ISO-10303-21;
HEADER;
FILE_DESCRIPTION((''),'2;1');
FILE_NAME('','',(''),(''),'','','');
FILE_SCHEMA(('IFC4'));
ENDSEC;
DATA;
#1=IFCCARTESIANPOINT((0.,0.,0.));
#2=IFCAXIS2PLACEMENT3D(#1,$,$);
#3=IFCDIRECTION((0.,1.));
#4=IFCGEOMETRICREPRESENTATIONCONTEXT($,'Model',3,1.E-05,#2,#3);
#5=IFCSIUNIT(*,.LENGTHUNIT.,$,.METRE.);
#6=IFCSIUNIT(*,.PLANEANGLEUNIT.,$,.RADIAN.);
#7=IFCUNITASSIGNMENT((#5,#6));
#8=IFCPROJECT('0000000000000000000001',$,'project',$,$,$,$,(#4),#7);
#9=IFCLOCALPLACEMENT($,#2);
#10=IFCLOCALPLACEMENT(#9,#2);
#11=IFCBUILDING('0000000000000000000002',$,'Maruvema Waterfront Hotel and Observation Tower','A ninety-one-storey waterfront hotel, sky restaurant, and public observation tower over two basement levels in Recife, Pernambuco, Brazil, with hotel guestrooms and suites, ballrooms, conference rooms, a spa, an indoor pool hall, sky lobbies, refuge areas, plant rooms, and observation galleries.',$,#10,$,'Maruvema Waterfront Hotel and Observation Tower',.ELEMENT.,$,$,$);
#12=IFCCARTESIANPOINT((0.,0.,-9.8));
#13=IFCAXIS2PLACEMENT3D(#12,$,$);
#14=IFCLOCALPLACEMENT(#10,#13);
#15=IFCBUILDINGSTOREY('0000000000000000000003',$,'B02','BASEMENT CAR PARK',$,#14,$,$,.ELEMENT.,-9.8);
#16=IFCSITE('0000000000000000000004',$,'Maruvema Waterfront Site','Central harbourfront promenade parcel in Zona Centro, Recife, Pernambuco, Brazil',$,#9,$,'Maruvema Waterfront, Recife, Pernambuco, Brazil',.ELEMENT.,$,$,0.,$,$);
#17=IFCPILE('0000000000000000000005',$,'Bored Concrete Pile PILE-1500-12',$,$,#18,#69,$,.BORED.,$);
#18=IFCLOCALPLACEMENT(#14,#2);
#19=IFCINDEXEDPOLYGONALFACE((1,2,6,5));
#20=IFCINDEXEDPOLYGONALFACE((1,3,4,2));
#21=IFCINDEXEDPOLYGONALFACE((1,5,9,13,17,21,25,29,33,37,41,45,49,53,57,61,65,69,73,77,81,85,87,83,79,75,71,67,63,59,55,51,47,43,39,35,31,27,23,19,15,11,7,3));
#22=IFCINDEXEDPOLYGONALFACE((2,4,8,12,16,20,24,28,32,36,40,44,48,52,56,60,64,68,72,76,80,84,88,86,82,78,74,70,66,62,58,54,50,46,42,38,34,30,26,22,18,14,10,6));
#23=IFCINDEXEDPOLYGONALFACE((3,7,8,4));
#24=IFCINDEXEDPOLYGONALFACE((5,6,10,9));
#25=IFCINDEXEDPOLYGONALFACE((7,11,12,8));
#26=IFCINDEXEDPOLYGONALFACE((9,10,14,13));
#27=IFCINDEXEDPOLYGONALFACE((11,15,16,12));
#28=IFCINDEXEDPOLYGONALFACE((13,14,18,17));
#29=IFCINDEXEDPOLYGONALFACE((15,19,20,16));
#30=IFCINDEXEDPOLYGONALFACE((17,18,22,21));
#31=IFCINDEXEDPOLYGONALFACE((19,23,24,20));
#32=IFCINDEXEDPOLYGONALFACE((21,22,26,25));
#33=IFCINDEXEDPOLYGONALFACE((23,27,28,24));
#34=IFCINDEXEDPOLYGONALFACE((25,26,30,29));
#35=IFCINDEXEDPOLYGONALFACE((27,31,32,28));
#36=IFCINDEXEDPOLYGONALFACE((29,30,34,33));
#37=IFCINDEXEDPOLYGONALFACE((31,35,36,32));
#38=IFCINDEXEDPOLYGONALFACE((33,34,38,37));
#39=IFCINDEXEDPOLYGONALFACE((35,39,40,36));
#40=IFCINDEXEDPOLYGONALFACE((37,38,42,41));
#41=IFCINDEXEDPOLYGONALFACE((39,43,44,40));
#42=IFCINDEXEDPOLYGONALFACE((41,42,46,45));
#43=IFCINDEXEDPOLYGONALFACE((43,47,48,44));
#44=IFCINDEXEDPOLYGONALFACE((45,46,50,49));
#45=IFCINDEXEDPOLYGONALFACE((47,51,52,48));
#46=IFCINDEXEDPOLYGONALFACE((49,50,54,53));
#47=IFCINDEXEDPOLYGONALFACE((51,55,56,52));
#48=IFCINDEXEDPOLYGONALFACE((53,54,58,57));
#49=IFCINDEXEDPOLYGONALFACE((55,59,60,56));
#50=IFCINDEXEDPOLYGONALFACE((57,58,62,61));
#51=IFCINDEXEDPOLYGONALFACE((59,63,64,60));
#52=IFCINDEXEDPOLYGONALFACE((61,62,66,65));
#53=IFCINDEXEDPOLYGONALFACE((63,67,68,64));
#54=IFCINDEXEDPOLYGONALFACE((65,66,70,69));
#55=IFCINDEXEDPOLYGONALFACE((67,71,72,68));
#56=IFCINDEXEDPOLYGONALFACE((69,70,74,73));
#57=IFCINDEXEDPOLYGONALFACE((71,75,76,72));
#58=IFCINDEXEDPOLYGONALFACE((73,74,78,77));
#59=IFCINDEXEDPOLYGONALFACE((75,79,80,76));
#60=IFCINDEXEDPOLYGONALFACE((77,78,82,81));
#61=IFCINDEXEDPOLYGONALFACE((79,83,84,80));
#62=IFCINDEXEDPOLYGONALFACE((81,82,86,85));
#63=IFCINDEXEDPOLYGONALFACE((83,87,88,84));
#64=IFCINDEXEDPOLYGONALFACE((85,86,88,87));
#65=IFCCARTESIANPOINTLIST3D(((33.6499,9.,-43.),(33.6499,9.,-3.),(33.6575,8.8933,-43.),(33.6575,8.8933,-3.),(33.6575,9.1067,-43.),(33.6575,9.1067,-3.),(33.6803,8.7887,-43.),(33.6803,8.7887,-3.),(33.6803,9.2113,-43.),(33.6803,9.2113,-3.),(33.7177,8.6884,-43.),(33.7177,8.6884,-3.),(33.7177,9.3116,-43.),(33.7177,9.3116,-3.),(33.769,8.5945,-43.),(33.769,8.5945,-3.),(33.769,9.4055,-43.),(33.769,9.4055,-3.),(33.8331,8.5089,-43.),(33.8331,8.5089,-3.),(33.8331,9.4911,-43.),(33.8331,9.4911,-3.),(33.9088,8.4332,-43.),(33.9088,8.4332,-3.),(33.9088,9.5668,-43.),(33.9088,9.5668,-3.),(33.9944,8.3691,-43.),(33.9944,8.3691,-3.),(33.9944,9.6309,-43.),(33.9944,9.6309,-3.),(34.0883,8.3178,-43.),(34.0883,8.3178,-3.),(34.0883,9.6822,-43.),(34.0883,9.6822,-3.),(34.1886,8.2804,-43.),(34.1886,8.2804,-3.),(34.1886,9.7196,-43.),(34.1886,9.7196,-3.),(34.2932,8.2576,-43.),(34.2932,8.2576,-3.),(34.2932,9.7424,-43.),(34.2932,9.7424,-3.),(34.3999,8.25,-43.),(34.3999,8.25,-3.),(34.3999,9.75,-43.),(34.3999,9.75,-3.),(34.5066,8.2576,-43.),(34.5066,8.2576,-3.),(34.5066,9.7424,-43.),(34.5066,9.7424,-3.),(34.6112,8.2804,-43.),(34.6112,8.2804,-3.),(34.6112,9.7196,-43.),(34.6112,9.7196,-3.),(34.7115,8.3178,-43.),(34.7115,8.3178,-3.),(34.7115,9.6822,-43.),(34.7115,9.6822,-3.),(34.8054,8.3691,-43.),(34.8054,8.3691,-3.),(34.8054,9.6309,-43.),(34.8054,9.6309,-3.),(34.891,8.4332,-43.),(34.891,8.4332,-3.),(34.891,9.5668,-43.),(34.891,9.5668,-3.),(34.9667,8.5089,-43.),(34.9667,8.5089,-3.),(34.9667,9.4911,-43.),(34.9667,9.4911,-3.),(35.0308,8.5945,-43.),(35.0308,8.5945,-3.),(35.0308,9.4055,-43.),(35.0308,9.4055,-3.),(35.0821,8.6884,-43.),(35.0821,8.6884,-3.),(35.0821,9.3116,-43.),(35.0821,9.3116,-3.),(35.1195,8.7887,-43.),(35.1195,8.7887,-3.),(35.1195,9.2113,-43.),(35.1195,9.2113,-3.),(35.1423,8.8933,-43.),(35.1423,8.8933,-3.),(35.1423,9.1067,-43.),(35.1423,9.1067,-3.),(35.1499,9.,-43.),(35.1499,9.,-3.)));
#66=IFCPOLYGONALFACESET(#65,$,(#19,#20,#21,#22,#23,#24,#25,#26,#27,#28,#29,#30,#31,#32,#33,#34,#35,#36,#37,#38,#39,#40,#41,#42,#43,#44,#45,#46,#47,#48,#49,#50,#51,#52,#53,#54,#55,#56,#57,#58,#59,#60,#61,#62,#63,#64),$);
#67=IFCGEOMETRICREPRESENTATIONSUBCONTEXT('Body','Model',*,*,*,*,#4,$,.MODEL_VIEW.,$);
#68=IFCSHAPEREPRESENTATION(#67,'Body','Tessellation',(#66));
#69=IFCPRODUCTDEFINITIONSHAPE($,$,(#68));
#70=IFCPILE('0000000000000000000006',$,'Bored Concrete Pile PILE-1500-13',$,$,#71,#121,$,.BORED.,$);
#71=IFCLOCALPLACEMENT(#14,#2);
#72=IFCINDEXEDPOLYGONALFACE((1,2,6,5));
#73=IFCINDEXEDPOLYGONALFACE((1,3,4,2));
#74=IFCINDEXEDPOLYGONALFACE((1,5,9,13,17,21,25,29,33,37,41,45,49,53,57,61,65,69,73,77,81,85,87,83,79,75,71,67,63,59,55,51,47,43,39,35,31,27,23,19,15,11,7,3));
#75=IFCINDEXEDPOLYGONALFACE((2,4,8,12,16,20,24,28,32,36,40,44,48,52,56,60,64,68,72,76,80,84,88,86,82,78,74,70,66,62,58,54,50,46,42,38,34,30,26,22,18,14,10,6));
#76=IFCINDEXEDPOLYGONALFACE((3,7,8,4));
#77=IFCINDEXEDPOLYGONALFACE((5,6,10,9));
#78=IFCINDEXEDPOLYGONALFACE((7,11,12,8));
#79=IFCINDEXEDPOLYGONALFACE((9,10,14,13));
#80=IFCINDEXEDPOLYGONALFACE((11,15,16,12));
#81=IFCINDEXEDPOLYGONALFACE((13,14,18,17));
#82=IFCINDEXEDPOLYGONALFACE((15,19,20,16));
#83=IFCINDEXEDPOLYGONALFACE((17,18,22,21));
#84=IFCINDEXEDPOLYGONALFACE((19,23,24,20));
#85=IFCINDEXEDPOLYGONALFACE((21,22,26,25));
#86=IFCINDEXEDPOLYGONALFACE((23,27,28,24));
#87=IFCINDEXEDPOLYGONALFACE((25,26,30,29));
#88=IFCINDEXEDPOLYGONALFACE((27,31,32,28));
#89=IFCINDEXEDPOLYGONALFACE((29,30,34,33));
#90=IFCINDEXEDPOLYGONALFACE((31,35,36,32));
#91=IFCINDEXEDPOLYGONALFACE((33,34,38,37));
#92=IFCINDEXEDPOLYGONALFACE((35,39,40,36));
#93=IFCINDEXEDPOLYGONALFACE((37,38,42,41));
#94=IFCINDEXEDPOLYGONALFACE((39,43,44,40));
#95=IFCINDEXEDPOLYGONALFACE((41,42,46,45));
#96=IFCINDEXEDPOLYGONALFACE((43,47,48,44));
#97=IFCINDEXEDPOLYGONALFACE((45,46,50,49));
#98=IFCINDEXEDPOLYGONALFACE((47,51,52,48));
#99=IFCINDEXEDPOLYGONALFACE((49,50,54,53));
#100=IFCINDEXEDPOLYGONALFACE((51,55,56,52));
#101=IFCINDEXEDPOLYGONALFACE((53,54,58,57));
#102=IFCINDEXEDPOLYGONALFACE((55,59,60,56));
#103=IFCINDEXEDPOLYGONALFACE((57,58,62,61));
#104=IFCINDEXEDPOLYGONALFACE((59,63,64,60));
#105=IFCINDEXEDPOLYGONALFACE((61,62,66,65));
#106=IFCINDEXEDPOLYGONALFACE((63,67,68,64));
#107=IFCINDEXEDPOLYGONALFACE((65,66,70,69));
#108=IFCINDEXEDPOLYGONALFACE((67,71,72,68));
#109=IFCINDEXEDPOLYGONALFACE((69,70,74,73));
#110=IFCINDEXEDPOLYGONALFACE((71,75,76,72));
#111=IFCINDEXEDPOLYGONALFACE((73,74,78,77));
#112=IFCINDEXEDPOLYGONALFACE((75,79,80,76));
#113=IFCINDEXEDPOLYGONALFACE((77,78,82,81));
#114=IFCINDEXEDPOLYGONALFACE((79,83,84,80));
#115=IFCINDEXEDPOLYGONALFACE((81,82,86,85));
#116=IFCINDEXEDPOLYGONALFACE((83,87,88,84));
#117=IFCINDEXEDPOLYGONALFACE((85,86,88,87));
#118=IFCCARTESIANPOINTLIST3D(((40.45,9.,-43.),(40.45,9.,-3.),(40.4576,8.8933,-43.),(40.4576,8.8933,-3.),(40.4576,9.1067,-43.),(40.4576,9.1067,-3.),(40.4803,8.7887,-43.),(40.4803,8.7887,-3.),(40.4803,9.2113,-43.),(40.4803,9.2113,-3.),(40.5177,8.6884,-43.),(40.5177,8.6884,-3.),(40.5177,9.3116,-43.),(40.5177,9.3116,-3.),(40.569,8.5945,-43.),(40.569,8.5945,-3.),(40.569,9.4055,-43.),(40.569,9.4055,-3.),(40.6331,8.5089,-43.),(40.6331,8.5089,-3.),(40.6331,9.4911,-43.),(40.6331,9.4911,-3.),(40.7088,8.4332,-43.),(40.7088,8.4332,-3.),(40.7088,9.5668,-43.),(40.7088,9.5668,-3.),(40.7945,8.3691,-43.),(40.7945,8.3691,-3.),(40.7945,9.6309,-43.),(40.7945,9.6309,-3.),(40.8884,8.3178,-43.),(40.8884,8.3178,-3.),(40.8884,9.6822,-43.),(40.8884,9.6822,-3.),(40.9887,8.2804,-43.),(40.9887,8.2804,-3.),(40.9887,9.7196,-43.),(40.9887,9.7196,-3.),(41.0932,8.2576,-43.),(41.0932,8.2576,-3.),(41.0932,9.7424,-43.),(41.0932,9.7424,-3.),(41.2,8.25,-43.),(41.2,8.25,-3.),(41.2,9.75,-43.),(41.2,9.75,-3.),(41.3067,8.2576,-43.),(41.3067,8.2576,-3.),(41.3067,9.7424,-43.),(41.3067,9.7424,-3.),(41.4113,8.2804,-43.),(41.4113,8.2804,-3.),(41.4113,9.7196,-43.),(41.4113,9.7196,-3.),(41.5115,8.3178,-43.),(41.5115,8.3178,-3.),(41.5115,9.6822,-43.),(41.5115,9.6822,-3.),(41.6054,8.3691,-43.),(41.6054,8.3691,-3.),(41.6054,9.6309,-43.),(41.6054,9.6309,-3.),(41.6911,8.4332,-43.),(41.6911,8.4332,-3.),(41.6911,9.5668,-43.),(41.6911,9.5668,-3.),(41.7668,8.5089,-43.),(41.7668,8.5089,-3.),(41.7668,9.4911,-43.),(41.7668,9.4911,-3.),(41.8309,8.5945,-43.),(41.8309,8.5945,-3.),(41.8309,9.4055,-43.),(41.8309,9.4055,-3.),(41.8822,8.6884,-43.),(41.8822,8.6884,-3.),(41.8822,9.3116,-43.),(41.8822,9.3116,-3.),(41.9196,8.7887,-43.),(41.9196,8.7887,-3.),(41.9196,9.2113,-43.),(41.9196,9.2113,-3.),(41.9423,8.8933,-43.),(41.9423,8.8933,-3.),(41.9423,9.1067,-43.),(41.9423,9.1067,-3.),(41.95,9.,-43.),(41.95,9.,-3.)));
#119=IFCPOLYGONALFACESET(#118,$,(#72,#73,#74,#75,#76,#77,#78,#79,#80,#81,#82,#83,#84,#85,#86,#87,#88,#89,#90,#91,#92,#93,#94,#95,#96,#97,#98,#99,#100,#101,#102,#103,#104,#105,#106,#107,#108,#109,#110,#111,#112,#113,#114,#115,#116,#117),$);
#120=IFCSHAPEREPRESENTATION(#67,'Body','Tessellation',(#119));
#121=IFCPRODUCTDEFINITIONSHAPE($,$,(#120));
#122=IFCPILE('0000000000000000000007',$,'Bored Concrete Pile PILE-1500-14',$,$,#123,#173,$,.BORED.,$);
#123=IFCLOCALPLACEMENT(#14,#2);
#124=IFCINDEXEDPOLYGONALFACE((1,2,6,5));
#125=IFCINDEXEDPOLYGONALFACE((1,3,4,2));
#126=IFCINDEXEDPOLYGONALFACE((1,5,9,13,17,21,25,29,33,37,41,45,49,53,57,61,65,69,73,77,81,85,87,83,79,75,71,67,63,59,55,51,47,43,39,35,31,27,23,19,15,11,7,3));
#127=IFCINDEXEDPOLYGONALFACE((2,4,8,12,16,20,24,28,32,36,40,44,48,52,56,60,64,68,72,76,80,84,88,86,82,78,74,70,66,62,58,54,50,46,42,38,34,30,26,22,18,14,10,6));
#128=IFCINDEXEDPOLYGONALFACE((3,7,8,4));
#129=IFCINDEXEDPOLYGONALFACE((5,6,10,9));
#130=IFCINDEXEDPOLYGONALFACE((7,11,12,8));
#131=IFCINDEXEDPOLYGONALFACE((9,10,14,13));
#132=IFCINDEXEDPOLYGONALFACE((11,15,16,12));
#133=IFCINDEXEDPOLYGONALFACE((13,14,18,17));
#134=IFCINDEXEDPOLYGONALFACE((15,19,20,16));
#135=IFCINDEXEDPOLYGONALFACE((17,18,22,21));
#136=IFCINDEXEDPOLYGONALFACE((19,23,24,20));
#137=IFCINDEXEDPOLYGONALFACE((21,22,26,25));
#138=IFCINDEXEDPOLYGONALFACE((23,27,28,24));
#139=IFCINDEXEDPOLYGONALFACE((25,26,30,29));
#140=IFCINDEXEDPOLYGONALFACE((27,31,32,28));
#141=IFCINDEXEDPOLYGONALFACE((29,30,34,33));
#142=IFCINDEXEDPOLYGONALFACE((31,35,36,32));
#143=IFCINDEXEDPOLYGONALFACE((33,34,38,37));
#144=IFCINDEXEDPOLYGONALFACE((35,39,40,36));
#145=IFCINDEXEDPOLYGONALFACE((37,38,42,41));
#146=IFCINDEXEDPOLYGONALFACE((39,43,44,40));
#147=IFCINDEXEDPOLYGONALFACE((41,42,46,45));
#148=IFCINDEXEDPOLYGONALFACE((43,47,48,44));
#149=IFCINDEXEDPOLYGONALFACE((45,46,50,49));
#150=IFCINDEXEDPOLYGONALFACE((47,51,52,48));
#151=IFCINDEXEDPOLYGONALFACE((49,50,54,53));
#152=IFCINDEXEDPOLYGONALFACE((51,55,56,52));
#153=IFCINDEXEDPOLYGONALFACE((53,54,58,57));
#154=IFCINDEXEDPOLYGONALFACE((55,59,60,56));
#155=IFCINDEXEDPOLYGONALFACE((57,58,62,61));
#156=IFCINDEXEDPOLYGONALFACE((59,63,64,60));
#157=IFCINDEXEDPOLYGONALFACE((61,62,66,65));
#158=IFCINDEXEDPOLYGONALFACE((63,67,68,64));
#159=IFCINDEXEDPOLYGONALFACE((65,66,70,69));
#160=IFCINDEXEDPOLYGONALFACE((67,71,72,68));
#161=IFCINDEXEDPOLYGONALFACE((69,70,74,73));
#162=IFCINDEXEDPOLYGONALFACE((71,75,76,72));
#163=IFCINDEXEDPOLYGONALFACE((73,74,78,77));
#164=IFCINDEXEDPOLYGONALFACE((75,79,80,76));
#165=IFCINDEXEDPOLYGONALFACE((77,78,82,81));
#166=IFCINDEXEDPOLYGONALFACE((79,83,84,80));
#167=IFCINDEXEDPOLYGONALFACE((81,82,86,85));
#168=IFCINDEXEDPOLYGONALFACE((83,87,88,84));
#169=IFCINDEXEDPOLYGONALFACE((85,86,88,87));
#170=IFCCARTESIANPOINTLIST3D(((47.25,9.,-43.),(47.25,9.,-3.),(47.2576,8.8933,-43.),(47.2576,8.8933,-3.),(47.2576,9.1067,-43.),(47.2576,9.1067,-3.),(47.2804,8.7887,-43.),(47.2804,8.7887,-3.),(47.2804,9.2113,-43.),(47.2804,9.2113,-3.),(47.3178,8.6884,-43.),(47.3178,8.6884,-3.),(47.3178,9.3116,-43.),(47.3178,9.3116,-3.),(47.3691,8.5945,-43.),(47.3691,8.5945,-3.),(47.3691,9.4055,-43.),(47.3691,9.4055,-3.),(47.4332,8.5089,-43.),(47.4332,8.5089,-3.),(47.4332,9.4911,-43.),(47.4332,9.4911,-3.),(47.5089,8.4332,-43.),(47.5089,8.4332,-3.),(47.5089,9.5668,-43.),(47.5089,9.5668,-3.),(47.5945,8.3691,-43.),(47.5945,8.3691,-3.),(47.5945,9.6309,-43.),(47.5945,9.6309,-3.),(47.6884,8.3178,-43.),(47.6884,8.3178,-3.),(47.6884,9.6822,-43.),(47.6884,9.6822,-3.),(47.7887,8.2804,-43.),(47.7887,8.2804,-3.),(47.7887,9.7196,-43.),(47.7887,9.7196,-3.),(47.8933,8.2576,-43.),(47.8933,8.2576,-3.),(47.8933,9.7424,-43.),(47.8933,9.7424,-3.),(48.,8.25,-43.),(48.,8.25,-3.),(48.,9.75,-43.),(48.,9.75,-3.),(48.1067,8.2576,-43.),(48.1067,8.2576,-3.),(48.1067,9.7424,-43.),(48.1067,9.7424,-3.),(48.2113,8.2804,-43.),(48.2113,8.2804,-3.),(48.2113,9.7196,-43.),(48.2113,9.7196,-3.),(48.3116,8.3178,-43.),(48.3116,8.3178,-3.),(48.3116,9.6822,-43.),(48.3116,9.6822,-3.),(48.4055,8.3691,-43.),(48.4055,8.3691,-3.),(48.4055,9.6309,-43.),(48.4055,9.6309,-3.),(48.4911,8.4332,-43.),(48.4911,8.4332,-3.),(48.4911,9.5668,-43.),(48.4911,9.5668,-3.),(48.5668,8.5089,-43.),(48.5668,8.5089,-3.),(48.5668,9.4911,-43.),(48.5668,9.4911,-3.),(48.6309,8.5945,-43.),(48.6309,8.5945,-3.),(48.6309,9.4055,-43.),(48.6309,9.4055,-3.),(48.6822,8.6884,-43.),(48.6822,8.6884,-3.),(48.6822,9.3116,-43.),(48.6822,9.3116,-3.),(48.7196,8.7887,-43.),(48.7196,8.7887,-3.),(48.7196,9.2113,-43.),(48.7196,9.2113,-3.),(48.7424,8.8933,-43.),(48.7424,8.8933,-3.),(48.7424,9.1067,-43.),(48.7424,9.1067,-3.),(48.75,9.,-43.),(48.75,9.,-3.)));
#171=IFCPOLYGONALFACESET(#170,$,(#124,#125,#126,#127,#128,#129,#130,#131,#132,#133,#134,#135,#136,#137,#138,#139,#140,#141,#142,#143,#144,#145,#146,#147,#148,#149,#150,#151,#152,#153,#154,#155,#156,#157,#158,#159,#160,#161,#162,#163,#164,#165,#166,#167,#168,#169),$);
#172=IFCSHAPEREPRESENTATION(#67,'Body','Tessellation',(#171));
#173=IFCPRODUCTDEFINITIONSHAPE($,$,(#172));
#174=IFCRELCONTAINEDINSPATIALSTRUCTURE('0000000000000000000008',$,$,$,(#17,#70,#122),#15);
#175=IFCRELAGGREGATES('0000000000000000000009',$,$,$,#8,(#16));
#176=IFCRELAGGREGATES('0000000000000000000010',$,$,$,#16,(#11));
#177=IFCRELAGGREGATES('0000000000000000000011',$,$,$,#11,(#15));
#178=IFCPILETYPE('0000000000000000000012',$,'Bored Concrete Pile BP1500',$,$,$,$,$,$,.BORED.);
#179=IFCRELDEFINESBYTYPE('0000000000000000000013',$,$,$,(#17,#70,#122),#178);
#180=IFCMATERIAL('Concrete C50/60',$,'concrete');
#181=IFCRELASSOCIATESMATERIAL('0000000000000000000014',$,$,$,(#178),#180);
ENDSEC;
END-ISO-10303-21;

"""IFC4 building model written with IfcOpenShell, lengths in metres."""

from ifc_helpers import new_model, si_unit, direction, frame, origin, origin_2d, place, context, subcontext, project, spatial, circle, extrude, material, material_profile, profile_set, type_object, element, save


model = new_model("IFC4")

# Units and contexts
model_context = context("Model", 3, precision=1e-05, world=origin(), true_north=direction((0.0, 1.0)))
body_context = subcontext(model_context, "Body", "Model", "MODEL_VIEW")
ifc_project = project(units=[si_unit("LENGTHUNIT", "METRE"), si_unit("PLANEANGLEUNIT", "RADIAN")], contexts=[model_context])

# Site, building, storey
site_placement = place(None, origin())
site = spatial("IfcSite", under=ifc_project, at=site_placement, Name="Maruvema Waterfront Site", Description="Central harbourfront promenade parcel in Zona Centro, Recife, Pernambuco, Brazil", LongName="Maruvema Waterfront, Recife, Pernambuco, Brazil", CompositionType="ELEMENT", RefElevation=0.0)
building_placement = place(site_placement, origin())
building = spatial("IfcBuilding", under=site, at=building_placement, Name="Maruvema Waterfront Hotel and Observation Tower", Description="A ninety-one-storey waterfront hotel, sky restaurant, and public observation tower over two basement levels in Recife, Pernambuco, Brazil, with hotel guestrooms and suites, ballrooms, conference rooms, a spa, an indoor pool hall, sky lobbies, refuge areas, plant rooms, and observation galleries.", LongName="Maruvema Waterfront Hotel and Observation Tower", CompositionType="ELEMENT")
storey_placement = place(building_placement, frame((0.0, 0.0, -9.8)))
storey = spatial("IfcBuildingStorey", under=building, at=storey_placement, Name="B02", Description="BASEMENT CAR PARK", CompositionType="ELEMENT", Elevation=-9.8)

# Piles
ifc_material_1 = material(Name="Concrete C50/60", Category="concrete")
ifc_material_profile_1 = material_profile(ifc_material_1, circle(Radius=0.75, at=origin_2d()), Name="BP1500")
ifc_profile_set_1 = profile_set([ifc_material_profile_1], Name="Concrete C50/60")
pile_type = type_object("IfcPileType", Name="Bored Concrete Pile BP1500", PredefinedType="BORED", material=ifc_profile_set_1)
for number, where, z_axis, x_axis, name in (
    (1, (34.3999, 9.0, -3.0), (0.0, 0.0, -1.0), (1.0, 0.0, 0.0), "Bored Concrete Pile PILE-1500-12"),
    (2, (41.2, 9.0, -3.0), (0.0, 0.0, -1.0), (1.0, 0.0, 0.0), "Bored Concrete Pile PILE-1500-13"),
    (3, (48.0, 9.0, -3.0), (0.0, 0.0, -1.0), (1.0, 0.0, 0.0), "Bored Concrete Pile PILE-1500-14"),
):
    element("IfcPile", number, at=place(storey_placement, frame(where, z_axis=z_axis, x_axis=x_axis)), inside=storey, type_object=pile_type, Name=name, PredefinedType="BORED", context=body_context, shape_type="SweptSolid", body=[
        extrude(circle(Radius=0.75, at=origin_2d()), origin(), (0.0, 0.0, 1.0), 40.0),
    ])

save(model, "model.ifc")
